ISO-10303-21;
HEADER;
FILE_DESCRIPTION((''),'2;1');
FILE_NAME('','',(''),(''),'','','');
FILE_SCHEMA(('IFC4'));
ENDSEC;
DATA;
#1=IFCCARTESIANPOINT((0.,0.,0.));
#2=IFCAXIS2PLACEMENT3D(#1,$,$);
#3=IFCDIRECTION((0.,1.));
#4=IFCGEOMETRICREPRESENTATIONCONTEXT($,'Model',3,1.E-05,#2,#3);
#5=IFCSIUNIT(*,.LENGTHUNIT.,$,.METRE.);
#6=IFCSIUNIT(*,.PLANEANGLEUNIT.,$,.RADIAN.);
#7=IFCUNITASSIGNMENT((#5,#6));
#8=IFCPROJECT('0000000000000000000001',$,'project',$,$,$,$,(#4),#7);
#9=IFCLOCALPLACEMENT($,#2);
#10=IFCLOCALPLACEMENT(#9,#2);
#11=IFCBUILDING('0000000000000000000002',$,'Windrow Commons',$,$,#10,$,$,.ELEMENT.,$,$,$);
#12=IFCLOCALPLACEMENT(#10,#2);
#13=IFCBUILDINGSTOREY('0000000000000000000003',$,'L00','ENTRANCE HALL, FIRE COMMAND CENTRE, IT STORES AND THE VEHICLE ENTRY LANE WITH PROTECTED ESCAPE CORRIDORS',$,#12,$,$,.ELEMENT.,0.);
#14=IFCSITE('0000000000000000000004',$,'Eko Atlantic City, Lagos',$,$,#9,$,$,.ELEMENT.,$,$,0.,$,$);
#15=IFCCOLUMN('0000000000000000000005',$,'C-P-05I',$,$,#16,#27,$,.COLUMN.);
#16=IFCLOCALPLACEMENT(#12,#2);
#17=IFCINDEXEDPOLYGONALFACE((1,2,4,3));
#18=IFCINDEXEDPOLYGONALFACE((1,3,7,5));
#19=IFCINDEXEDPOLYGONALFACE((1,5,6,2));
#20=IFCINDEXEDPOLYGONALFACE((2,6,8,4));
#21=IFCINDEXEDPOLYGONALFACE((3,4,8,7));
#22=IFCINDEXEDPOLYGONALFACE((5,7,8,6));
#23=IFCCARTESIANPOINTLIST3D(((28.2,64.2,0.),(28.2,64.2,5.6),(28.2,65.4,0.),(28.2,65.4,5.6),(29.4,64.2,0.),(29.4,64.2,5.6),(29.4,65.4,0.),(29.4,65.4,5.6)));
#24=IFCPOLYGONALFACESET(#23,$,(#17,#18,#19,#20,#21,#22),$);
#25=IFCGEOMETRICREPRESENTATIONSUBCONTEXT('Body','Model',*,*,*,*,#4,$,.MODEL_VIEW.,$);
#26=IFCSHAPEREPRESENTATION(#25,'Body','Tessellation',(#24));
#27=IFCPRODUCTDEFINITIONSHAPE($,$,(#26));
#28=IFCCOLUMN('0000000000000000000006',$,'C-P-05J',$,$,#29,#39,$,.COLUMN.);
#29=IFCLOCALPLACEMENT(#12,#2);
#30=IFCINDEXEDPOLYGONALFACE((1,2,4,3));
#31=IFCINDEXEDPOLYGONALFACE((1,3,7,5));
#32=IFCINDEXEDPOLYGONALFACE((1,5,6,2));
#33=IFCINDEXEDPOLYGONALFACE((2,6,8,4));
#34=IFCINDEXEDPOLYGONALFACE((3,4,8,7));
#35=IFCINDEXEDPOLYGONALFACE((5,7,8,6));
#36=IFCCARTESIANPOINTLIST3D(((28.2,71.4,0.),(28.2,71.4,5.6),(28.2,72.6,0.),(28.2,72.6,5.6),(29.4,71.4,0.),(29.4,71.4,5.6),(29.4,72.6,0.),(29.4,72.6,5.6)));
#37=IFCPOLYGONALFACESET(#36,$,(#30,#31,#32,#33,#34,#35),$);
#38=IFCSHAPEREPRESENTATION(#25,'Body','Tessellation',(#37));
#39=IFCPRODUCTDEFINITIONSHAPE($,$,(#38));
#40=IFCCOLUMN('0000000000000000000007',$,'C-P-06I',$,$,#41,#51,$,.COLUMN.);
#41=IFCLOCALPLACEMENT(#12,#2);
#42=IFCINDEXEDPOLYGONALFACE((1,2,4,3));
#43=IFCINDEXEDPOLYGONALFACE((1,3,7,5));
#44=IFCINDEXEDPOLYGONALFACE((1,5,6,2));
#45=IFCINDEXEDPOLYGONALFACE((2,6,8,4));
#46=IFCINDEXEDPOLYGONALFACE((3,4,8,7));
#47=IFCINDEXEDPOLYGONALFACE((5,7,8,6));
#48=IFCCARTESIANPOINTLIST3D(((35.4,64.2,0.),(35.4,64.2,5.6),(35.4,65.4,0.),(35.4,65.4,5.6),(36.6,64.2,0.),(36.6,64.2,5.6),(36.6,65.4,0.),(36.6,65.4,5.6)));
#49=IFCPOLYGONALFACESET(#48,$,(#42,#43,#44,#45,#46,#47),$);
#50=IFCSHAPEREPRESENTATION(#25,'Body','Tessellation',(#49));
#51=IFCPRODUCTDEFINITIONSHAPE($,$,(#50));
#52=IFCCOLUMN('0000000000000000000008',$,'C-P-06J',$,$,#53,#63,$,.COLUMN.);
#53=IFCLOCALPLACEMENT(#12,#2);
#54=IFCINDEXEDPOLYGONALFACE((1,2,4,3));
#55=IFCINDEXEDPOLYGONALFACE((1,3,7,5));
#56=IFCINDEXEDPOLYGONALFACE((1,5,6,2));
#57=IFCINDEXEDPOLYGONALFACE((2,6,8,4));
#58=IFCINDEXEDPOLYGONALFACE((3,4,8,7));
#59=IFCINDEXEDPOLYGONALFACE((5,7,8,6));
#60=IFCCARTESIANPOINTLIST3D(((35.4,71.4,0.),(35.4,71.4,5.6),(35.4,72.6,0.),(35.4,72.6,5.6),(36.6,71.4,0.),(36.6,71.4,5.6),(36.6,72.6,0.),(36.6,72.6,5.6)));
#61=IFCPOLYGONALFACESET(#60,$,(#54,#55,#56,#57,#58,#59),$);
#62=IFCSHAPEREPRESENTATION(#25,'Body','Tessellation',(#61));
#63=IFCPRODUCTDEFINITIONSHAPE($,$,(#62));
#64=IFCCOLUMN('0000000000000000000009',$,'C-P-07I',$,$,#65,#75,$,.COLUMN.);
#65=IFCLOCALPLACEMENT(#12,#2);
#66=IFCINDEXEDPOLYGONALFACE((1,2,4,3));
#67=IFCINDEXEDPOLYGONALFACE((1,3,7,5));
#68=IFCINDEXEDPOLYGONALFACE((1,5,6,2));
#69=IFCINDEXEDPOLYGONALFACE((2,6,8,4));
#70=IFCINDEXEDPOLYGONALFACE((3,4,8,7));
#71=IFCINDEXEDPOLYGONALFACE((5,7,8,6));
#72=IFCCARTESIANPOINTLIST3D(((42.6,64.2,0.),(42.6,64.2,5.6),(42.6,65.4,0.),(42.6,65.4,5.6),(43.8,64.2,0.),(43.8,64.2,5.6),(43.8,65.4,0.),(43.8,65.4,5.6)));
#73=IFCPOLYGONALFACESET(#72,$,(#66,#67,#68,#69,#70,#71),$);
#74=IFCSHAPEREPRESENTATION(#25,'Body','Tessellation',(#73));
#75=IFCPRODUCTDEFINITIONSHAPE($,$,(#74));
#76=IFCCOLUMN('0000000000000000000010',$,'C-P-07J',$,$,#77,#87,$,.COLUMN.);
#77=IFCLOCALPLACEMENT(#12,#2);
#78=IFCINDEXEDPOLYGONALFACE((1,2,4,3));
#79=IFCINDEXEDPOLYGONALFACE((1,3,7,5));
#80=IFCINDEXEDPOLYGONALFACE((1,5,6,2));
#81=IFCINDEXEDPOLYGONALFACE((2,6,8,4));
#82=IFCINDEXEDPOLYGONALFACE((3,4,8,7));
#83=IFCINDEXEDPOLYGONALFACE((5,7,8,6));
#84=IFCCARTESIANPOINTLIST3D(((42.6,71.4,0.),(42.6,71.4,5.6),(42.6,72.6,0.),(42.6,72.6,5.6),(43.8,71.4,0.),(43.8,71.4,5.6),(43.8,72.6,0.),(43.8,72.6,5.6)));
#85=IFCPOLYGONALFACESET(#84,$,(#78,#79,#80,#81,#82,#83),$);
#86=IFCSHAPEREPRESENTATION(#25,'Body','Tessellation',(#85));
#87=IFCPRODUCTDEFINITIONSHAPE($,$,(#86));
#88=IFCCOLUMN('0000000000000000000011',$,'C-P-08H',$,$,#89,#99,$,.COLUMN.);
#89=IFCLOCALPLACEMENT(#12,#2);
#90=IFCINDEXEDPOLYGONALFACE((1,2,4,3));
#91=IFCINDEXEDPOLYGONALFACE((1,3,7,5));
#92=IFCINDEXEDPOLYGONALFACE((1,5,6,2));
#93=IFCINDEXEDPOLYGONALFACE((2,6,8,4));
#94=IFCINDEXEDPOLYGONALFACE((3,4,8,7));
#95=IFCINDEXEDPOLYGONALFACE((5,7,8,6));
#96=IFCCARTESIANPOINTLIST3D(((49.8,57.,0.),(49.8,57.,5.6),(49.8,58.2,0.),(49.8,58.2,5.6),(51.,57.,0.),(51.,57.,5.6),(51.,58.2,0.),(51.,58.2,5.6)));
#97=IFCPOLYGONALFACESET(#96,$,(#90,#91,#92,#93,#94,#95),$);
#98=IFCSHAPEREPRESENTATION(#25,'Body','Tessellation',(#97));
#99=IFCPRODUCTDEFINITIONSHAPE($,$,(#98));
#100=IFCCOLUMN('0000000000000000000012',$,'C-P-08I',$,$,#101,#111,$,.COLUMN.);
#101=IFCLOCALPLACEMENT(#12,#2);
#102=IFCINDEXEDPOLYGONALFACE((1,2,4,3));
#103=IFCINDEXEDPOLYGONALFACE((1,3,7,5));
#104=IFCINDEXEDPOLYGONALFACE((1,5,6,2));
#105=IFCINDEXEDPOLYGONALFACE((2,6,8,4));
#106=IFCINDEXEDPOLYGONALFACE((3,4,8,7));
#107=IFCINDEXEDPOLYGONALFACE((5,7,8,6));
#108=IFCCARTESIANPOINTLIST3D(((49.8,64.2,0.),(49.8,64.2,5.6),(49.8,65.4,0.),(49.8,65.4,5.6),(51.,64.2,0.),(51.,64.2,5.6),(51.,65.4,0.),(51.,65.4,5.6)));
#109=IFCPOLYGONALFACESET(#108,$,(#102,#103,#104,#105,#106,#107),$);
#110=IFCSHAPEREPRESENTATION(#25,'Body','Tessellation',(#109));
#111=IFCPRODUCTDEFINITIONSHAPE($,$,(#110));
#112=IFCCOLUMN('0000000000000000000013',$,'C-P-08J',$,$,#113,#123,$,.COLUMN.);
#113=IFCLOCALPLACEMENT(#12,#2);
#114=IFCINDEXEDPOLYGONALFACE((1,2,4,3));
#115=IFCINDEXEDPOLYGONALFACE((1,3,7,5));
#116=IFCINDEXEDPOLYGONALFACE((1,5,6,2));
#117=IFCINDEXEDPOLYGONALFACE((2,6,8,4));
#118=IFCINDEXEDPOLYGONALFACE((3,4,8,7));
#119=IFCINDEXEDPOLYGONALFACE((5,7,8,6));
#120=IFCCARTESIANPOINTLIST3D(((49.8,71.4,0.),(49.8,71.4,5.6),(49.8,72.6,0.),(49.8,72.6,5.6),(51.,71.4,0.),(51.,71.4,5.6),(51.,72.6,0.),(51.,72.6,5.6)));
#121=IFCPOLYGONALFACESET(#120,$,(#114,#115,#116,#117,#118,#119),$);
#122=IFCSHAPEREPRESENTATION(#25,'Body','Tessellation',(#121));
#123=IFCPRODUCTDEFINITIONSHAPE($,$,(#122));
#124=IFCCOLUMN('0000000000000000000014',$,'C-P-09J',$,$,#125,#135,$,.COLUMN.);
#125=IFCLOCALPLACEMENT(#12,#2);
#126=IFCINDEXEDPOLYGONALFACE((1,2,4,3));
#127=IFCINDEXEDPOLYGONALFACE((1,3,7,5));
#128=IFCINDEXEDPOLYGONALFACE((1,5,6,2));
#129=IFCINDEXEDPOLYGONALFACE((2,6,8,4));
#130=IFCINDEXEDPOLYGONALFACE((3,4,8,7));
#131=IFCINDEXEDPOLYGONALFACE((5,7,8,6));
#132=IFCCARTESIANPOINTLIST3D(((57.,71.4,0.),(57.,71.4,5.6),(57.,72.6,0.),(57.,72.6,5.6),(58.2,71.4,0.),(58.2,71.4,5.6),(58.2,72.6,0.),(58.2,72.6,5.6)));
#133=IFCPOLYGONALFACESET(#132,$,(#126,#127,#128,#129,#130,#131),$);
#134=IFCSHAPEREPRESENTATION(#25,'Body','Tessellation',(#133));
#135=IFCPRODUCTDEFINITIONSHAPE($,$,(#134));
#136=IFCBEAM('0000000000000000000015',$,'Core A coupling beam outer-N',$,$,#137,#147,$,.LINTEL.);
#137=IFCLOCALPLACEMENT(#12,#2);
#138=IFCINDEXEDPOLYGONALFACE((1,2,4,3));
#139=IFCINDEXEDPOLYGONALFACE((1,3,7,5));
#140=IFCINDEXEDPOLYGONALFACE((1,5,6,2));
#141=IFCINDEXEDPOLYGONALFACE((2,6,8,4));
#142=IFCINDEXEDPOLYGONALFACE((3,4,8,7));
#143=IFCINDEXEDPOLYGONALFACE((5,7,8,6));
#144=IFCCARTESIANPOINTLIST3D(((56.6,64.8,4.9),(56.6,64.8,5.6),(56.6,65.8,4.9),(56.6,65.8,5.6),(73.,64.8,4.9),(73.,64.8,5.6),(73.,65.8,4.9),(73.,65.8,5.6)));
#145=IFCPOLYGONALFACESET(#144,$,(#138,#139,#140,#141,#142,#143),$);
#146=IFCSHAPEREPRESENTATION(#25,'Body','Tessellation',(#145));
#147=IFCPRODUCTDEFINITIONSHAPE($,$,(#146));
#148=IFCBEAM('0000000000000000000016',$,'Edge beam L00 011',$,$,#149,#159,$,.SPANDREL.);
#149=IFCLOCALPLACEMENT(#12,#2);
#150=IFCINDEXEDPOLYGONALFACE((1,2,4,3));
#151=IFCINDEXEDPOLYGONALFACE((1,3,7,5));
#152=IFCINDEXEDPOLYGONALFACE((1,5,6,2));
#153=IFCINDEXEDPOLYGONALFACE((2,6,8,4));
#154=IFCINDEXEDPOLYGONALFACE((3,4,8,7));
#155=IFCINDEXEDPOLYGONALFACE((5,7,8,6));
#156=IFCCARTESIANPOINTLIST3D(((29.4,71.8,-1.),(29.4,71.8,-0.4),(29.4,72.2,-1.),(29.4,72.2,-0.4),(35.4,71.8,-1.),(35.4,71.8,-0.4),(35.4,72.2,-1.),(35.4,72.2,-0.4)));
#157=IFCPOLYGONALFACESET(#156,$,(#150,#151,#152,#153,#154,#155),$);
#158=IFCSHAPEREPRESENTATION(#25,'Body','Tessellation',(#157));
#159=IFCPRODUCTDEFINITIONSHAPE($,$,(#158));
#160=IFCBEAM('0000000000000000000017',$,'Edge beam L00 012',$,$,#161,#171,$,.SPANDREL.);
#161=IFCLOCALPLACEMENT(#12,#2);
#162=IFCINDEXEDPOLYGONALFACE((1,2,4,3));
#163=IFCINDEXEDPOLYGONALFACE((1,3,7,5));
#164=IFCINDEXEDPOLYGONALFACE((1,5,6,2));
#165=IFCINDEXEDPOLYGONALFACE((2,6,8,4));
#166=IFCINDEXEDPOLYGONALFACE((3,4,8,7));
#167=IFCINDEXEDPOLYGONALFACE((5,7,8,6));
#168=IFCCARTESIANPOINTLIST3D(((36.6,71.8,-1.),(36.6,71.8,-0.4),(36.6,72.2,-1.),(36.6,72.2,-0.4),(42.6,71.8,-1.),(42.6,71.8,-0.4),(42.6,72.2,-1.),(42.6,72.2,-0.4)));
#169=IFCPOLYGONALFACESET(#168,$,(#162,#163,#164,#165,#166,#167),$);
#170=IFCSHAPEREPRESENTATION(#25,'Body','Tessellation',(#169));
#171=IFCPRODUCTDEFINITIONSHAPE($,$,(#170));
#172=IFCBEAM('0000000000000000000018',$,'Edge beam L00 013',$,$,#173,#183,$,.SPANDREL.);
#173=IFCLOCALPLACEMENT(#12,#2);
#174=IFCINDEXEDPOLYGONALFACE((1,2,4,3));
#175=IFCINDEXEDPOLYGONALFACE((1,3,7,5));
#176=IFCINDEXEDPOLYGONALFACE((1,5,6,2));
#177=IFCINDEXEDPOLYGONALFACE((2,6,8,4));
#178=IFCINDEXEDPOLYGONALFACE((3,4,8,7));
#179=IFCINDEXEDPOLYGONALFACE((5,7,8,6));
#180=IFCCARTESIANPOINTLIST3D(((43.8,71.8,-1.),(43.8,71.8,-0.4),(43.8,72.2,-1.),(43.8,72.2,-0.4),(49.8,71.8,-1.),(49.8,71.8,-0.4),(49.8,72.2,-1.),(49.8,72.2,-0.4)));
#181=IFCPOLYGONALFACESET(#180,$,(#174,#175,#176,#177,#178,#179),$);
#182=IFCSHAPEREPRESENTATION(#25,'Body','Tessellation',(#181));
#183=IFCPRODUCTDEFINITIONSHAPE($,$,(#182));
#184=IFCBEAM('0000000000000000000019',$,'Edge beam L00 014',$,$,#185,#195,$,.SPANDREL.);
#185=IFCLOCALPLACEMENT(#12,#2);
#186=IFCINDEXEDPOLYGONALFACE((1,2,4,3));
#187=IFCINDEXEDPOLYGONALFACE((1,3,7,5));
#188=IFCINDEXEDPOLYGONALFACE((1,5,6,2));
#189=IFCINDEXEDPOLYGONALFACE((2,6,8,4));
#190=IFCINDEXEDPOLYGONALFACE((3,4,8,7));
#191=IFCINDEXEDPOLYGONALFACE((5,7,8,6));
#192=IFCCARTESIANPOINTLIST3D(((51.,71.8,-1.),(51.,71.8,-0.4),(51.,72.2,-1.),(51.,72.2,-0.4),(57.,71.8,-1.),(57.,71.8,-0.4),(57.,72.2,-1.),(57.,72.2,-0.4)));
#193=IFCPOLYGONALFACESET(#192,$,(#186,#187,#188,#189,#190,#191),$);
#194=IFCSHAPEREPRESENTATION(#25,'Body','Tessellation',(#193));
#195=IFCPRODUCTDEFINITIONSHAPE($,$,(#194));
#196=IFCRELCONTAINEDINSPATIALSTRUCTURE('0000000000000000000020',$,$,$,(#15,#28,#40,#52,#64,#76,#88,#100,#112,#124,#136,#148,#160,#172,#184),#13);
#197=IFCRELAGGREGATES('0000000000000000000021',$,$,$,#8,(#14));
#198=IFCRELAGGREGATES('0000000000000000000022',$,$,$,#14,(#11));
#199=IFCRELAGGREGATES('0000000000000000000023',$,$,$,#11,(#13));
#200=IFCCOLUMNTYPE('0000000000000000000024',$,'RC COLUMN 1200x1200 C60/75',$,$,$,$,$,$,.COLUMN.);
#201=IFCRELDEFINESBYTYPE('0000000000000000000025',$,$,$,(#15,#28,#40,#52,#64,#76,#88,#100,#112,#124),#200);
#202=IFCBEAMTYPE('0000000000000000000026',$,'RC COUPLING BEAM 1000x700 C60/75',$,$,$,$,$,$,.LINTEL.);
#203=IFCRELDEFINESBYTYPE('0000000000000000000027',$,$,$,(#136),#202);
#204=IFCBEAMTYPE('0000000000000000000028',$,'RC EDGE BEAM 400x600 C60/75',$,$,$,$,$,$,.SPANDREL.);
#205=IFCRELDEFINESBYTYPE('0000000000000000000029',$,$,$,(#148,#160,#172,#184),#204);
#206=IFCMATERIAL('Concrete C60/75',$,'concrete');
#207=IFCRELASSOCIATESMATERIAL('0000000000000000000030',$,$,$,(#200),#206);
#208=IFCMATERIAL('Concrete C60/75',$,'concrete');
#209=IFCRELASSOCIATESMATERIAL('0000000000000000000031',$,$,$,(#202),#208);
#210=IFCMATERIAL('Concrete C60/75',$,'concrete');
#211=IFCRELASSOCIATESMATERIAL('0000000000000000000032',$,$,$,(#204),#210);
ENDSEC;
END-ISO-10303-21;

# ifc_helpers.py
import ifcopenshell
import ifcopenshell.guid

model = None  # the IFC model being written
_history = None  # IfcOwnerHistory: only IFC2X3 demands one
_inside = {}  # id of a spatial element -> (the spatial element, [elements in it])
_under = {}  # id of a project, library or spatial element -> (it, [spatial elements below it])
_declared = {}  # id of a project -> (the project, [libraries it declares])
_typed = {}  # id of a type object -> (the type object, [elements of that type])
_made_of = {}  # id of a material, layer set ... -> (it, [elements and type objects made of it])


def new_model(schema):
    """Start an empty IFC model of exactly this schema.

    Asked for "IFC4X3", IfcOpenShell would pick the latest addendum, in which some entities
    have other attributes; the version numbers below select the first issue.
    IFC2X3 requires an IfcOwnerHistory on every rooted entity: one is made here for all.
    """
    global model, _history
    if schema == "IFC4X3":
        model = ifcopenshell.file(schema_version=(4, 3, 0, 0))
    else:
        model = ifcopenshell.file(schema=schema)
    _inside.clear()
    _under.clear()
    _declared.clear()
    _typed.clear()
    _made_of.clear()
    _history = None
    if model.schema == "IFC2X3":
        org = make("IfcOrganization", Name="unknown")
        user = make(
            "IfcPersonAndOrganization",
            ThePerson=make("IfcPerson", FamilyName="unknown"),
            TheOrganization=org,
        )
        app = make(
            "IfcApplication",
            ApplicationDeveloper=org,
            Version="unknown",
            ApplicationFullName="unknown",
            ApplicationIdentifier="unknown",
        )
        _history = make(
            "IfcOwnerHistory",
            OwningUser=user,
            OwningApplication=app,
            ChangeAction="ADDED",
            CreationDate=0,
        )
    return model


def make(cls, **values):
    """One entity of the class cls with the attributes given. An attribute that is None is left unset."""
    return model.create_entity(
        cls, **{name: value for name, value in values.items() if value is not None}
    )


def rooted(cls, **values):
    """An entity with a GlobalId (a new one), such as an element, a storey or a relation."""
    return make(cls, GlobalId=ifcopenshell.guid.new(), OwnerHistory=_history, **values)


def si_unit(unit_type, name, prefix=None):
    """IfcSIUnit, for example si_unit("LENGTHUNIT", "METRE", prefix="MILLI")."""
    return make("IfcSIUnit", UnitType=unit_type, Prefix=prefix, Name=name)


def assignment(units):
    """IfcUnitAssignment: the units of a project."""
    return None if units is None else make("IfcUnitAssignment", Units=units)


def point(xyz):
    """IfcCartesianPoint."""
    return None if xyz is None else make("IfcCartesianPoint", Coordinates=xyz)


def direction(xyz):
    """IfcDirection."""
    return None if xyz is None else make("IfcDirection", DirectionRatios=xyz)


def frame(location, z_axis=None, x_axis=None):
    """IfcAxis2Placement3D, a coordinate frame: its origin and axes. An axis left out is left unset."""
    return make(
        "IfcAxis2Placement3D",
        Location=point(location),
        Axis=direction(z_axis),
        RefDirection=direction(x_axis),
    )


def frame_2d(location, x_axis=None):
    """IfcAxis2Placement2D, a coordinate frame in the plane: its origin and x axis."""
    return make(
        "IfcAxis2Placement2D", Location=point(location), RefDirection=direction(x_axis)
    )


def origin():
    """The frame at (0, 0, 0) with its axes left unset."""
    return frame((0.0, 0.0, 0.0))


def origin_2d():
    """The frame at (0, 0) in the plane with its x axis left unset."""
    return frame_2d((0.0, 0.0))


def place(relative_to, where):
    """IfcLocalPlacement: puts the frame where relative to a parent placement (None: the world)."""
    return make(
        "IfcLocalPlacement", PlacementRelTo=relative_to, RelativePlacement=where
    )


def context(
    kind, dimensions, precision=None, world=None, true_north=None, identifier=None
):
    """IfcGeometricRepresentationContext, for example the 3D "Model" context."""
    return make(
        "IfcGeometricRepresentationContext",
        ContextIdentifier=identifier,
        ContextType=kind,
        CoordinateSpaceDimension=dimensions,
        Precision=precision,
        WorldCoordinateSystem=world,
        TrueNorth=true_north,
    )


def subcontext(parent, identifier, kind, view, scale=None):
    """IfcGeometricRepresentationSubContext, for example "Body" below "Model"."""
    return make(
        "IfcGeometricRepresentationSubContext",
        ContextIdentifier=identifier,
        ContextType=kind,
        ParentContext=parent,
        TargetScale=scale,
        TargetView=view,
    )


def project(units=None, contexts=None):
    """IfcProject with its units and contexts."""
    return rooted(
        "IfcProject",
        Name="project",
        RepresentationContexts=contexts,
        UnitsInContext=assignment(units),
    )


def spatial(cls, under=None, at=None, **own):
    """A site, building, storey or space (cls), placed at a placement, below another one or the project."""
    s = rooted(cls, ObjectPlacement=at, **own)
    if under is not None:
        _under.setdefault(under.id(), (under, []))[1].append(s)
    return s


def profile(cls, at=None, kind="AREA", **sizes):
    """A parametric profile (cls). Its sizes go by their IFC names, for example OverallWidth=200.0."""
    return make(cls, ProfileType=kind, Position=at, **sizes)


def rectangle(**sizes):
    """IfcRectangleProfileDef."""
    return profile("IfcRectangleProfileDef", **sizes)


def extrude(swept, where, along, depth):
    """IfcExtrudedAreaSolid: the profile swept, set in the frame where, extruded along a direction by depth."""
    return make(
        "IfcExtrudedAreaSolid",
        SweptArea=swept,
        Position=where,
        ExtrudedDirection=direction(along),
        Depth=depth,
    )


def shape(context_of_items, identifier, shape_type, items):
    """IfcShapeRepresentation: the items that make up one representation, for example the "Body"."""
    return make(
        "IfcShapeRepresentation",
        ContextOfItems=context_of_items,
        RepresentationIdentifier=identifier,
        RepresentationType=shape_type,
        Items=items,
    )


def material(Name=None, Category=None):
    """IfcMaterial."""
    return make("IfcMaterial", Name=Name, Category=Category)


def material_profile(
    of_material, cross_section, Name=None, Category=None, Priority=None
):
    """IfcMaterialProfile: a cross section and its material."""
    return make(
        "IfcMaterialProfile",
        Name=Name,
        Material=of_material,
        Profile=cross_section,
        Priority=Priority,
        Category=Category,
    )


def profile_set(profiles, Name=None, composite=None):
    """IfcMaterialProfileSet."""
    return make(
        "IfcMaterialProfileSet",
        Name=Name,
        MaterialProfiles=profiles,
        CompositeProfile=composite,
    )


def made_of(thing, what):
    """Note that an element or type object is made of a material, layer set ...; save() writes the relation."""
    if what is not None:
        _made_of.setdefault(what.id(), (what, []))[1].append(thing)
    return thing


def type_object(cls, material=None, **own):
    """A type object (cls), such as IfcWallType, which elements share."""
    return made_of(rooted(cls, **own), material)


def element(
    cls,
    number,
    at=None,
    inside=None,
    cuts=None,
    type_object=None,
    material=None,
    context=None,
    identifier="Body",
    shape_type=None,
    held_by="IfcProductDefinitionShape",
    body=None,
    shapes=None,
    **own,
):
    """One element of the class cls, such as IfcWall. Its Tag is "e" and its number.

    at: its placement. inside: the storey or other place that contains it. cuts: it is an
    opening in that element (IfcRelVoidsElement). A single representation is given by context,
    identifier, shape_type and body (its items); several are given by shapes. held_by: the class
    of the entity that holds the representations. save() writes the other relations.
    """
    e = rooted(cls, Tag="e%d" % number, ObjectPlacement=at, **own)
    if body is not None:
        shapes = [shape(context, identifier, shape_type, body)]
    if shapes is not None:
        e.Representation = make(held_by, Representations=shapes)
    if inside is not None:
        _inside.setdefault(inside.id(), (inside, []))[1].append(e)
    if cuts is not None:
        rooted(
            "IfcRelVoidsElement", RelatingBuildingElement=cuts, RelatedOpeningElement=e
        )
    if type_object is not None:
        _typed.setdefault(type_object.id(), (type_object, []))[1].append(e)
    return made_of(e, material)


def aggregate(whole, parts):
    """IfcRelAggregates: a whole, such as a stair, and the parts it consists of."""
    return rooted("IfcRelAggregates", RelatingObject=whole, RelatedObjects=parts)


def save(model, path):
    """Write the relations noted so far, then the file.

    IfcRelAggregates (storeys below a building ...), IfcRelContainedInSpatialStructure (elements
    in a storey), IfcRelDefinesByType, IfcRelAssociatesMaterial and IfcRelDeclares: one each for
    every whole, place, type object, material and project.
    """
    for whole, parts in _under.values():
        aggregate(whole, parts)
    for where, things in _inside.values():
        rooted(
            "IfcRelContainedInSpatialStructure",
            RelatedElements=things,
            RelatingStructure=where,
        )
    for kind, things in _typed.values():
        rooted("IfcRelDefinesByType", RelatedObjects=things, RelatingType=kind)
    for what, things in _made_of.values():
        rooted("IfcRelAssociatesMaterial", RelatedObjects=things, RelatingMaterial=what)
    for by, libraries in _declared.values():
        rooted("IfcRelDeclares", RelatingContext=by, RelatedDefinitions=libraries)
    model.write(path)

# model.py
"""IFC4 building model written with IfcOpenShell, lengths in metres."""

from ifc_helpers import new_model, si_unit, direction, frame, origin, origin_2d, place, context, subcontext, project, spatial, rectangle, extrude, material, material_profile, profile_set, type_object, element, save


model = new_model("IFC4")

# Units and contexts
model_context = context("Model", 3, precision=1e-05, world=origin(), true_north=direction((0.0, 1.0)))
body_context = subcontext(model_context, "Body", "Model", "MODEL_VIEW")
ifc_project = project(units=[si_unit("LENGTHUNIT", "METRE"), si_unit("PLANEANGLEUNIT", "RADIAN")], contexts=[model_context])

# Site, building, storey
site_placement = place(None, origin())
site = spatial("IfcSite", under=ifc_project, at=site_placement, Name="Eko Atlantic City, Lagos", CompositionType="ELEMENT", RefElevation=0.0)
building_placement = place(site_placement, origin())
building = spatial("IfcBuilding", under=site, at=building_placement, Name="Windrow Commons", CompositionType="ELEMENT")
storey_placement = place(building_placement, origin())
storey = spatial("IfcBuildingStorey", under=building, at=storey_placement, Name="L00", Description="ENTRANCE HALL, FIRE COMMAND CENTRE, IT STORES AND THE VEHICLE ENTRY LANE WITH PROTECTED ESCAPE CORRIDORS", CompositionType="ELEMENT", Elevation=0.0)

# Columns
ifc_material_1 = material(Name="Concrete C60/75", Category="concrete")
ifc_material_profile_1 = material_profile(ifc_material_1, rectangle(XDim=1.2, YDim=1.2, at=origin_2d()))
ifc_profile_set_1 = profile_set([ifc_material_profile_1], Name="Concrete C60/75")
column_type = type_object("IfcColumnType", Name="RC COLUMN 1200x1200 C60/75", PredefinedType="COLUMN", material=ifc_profile_set_1)
for number, where, z_axis, x_axis, name in (
    (1, (28.8, 64.8, 0.0), (0.0, 0.0, 1.0), (1.0, 0.0, 0.0), "C-P-05I"),
    (2, (28.8, 72.0, 0.0), (0.0, 0.0, 1.0), (1.0, 0.0, 0.0), "C-P-05J"),
    (3, (36.0, 64.8, 0.0), (0.0, 0.0, 1.0), (1.0, 0.0, 0.0), "C-P-06I"),
    (4, (36.0, 72.0, 0.0), (0.0, 0.0, 1.0), (1.0, 0.0, 0.0), "C-P-06J"),
    (5, (43.2, 64.8, 0.0), (0.0, 0.0, 1.0), (1.0, 0.0, 0.0), "C-P-07I"),
    (6, (43.2, 72.0, 0.0), (0.0, 0.0, 1.0), (1.0, 0.0, 0.0), "C-P-07J"),
    (7, (50.4, 57.6, 0.0), (0.0, 0.0, 1.0), (1.0, 0.0, 0.0), "C-P-08H"),
    (8, (50.4, 64.8, 0.0), (0.0, 0.0, 1.0), (1.0, 0.0, 0.0), "C-P-08I"),
    (9, (50.4, 72.0, 0.0), (0.0, 0.0, 1.0), (1.0, 0.0, 0.0), "C-P-08J"),
    (10, (57.6, 72.0, 0.0), (0.0, 0.0, 1.0), (1.0, 0.0, 0.0), "C-P-09J"),
):
    element("IfcColumn", number, at=place(storey_placement, frame(where, z_axis=z_axis, x_axis=x_axis)), inside=storey, type_object=column_type, Name=name, PredefinedType="COLUMN", context=body_context, shape_type="SweptSolid", body=[
        extrude(rectangle(XDim=1.2, YDim=1.2, at=origin_2d()), origin(), (0.0, 0.0, 1.0), 5.6),
    ])

# Beams
ifc_material_2 = material(Name="Concrete C60/75", Category="concrete")
ifc_material_profile_2 = material_profile(ifc_material_2, rectangle(XDim=1.0, YDim=0.7, at=origin_2d()))
ifc_profile_set_2 = profile_set([ifc_material_profile_2], Name="Concrete C60/75")
beam_type_1 = type_object("IfcBeamType", Name="RC COUPLING BEAM 1000x700 C60/75", PredefinedType="LINTEL", material=ifc_profile_set_2)
beam_placement = place(storey_placement, frame((56.6, 65.3, 5.25), z_axis=(1.0, 0.0, 0.0), x_axis=(0.0, 1.0, 0.0)))
element("IfcBeam", 11, at=beam_placement, inside=storey, type_object=beam_type_1, Name="Core A coupling beam outer-N", PredefinedType="LINTEL", context=body_context, shape_type="SweptSolid", body=[
    extrude(rectangle(XDim=1.0, YDim=0.7, at=origin_2d()), origin(), (0.0, 0.0, 1.0), 16.4),
])
ifc_material_3 = material(Name="Concrete C60/75", Category="concrete")
ifc_material_profile_3 = material_profile(ifc_material_3, rectangle(XDim=0.4, YDim=0.6, at=origin_2d()))
ifc_profile_set_3 = profile_set([ifc_material_profile_3], Name="Concrete C60/75")
beam_type_2 = type_object("IfcBeamType", Name="RC EDGE BEAM 400x600 C60/75", PredefinedType="SPANDREL", material=ifc_profile_set_3)
for number, where, z_axis, x_axis, name in (
    (12, (29.4, 72.0, -0.7), (1.0, 0.0, 0.0), (0.0, 1.0, 0.0), "Edge beam L00 011"),
    (13, (36.6, 72.0, -0.7), (1.0, 0.0, 0.0), (0.0, 1.0, 0.0), "Edge beam L00 012"),
    (14, (43.8, 72.0, -0.7), (1.0, 0.0, 0.0), (0.0, 1.0, 0.0), "Edge beam L00 013"),
    (15, (51.0, 72.0, -0.7), (1.0, 0.0, 0.0), (0.0, 1.0, 0.0), "Edge beam L00 014"),
):
    element("IfcBeam", number, at=place(storey_placement, frame(where, z_axis=z_axis, x_axis=x_axis)), inside=storey, type_object=beam_type_2, Name=name, PredefinedType="SPANDREL", context=body_context, shape_type="SweptSolid", body=[
        extrude(rectangle(XDim=0.4, YDim=0.6, at=origin_2d()), origin(), (0.0, 0.0, 1.0), 6.0),
    ])

save(model, "model.ifc")
